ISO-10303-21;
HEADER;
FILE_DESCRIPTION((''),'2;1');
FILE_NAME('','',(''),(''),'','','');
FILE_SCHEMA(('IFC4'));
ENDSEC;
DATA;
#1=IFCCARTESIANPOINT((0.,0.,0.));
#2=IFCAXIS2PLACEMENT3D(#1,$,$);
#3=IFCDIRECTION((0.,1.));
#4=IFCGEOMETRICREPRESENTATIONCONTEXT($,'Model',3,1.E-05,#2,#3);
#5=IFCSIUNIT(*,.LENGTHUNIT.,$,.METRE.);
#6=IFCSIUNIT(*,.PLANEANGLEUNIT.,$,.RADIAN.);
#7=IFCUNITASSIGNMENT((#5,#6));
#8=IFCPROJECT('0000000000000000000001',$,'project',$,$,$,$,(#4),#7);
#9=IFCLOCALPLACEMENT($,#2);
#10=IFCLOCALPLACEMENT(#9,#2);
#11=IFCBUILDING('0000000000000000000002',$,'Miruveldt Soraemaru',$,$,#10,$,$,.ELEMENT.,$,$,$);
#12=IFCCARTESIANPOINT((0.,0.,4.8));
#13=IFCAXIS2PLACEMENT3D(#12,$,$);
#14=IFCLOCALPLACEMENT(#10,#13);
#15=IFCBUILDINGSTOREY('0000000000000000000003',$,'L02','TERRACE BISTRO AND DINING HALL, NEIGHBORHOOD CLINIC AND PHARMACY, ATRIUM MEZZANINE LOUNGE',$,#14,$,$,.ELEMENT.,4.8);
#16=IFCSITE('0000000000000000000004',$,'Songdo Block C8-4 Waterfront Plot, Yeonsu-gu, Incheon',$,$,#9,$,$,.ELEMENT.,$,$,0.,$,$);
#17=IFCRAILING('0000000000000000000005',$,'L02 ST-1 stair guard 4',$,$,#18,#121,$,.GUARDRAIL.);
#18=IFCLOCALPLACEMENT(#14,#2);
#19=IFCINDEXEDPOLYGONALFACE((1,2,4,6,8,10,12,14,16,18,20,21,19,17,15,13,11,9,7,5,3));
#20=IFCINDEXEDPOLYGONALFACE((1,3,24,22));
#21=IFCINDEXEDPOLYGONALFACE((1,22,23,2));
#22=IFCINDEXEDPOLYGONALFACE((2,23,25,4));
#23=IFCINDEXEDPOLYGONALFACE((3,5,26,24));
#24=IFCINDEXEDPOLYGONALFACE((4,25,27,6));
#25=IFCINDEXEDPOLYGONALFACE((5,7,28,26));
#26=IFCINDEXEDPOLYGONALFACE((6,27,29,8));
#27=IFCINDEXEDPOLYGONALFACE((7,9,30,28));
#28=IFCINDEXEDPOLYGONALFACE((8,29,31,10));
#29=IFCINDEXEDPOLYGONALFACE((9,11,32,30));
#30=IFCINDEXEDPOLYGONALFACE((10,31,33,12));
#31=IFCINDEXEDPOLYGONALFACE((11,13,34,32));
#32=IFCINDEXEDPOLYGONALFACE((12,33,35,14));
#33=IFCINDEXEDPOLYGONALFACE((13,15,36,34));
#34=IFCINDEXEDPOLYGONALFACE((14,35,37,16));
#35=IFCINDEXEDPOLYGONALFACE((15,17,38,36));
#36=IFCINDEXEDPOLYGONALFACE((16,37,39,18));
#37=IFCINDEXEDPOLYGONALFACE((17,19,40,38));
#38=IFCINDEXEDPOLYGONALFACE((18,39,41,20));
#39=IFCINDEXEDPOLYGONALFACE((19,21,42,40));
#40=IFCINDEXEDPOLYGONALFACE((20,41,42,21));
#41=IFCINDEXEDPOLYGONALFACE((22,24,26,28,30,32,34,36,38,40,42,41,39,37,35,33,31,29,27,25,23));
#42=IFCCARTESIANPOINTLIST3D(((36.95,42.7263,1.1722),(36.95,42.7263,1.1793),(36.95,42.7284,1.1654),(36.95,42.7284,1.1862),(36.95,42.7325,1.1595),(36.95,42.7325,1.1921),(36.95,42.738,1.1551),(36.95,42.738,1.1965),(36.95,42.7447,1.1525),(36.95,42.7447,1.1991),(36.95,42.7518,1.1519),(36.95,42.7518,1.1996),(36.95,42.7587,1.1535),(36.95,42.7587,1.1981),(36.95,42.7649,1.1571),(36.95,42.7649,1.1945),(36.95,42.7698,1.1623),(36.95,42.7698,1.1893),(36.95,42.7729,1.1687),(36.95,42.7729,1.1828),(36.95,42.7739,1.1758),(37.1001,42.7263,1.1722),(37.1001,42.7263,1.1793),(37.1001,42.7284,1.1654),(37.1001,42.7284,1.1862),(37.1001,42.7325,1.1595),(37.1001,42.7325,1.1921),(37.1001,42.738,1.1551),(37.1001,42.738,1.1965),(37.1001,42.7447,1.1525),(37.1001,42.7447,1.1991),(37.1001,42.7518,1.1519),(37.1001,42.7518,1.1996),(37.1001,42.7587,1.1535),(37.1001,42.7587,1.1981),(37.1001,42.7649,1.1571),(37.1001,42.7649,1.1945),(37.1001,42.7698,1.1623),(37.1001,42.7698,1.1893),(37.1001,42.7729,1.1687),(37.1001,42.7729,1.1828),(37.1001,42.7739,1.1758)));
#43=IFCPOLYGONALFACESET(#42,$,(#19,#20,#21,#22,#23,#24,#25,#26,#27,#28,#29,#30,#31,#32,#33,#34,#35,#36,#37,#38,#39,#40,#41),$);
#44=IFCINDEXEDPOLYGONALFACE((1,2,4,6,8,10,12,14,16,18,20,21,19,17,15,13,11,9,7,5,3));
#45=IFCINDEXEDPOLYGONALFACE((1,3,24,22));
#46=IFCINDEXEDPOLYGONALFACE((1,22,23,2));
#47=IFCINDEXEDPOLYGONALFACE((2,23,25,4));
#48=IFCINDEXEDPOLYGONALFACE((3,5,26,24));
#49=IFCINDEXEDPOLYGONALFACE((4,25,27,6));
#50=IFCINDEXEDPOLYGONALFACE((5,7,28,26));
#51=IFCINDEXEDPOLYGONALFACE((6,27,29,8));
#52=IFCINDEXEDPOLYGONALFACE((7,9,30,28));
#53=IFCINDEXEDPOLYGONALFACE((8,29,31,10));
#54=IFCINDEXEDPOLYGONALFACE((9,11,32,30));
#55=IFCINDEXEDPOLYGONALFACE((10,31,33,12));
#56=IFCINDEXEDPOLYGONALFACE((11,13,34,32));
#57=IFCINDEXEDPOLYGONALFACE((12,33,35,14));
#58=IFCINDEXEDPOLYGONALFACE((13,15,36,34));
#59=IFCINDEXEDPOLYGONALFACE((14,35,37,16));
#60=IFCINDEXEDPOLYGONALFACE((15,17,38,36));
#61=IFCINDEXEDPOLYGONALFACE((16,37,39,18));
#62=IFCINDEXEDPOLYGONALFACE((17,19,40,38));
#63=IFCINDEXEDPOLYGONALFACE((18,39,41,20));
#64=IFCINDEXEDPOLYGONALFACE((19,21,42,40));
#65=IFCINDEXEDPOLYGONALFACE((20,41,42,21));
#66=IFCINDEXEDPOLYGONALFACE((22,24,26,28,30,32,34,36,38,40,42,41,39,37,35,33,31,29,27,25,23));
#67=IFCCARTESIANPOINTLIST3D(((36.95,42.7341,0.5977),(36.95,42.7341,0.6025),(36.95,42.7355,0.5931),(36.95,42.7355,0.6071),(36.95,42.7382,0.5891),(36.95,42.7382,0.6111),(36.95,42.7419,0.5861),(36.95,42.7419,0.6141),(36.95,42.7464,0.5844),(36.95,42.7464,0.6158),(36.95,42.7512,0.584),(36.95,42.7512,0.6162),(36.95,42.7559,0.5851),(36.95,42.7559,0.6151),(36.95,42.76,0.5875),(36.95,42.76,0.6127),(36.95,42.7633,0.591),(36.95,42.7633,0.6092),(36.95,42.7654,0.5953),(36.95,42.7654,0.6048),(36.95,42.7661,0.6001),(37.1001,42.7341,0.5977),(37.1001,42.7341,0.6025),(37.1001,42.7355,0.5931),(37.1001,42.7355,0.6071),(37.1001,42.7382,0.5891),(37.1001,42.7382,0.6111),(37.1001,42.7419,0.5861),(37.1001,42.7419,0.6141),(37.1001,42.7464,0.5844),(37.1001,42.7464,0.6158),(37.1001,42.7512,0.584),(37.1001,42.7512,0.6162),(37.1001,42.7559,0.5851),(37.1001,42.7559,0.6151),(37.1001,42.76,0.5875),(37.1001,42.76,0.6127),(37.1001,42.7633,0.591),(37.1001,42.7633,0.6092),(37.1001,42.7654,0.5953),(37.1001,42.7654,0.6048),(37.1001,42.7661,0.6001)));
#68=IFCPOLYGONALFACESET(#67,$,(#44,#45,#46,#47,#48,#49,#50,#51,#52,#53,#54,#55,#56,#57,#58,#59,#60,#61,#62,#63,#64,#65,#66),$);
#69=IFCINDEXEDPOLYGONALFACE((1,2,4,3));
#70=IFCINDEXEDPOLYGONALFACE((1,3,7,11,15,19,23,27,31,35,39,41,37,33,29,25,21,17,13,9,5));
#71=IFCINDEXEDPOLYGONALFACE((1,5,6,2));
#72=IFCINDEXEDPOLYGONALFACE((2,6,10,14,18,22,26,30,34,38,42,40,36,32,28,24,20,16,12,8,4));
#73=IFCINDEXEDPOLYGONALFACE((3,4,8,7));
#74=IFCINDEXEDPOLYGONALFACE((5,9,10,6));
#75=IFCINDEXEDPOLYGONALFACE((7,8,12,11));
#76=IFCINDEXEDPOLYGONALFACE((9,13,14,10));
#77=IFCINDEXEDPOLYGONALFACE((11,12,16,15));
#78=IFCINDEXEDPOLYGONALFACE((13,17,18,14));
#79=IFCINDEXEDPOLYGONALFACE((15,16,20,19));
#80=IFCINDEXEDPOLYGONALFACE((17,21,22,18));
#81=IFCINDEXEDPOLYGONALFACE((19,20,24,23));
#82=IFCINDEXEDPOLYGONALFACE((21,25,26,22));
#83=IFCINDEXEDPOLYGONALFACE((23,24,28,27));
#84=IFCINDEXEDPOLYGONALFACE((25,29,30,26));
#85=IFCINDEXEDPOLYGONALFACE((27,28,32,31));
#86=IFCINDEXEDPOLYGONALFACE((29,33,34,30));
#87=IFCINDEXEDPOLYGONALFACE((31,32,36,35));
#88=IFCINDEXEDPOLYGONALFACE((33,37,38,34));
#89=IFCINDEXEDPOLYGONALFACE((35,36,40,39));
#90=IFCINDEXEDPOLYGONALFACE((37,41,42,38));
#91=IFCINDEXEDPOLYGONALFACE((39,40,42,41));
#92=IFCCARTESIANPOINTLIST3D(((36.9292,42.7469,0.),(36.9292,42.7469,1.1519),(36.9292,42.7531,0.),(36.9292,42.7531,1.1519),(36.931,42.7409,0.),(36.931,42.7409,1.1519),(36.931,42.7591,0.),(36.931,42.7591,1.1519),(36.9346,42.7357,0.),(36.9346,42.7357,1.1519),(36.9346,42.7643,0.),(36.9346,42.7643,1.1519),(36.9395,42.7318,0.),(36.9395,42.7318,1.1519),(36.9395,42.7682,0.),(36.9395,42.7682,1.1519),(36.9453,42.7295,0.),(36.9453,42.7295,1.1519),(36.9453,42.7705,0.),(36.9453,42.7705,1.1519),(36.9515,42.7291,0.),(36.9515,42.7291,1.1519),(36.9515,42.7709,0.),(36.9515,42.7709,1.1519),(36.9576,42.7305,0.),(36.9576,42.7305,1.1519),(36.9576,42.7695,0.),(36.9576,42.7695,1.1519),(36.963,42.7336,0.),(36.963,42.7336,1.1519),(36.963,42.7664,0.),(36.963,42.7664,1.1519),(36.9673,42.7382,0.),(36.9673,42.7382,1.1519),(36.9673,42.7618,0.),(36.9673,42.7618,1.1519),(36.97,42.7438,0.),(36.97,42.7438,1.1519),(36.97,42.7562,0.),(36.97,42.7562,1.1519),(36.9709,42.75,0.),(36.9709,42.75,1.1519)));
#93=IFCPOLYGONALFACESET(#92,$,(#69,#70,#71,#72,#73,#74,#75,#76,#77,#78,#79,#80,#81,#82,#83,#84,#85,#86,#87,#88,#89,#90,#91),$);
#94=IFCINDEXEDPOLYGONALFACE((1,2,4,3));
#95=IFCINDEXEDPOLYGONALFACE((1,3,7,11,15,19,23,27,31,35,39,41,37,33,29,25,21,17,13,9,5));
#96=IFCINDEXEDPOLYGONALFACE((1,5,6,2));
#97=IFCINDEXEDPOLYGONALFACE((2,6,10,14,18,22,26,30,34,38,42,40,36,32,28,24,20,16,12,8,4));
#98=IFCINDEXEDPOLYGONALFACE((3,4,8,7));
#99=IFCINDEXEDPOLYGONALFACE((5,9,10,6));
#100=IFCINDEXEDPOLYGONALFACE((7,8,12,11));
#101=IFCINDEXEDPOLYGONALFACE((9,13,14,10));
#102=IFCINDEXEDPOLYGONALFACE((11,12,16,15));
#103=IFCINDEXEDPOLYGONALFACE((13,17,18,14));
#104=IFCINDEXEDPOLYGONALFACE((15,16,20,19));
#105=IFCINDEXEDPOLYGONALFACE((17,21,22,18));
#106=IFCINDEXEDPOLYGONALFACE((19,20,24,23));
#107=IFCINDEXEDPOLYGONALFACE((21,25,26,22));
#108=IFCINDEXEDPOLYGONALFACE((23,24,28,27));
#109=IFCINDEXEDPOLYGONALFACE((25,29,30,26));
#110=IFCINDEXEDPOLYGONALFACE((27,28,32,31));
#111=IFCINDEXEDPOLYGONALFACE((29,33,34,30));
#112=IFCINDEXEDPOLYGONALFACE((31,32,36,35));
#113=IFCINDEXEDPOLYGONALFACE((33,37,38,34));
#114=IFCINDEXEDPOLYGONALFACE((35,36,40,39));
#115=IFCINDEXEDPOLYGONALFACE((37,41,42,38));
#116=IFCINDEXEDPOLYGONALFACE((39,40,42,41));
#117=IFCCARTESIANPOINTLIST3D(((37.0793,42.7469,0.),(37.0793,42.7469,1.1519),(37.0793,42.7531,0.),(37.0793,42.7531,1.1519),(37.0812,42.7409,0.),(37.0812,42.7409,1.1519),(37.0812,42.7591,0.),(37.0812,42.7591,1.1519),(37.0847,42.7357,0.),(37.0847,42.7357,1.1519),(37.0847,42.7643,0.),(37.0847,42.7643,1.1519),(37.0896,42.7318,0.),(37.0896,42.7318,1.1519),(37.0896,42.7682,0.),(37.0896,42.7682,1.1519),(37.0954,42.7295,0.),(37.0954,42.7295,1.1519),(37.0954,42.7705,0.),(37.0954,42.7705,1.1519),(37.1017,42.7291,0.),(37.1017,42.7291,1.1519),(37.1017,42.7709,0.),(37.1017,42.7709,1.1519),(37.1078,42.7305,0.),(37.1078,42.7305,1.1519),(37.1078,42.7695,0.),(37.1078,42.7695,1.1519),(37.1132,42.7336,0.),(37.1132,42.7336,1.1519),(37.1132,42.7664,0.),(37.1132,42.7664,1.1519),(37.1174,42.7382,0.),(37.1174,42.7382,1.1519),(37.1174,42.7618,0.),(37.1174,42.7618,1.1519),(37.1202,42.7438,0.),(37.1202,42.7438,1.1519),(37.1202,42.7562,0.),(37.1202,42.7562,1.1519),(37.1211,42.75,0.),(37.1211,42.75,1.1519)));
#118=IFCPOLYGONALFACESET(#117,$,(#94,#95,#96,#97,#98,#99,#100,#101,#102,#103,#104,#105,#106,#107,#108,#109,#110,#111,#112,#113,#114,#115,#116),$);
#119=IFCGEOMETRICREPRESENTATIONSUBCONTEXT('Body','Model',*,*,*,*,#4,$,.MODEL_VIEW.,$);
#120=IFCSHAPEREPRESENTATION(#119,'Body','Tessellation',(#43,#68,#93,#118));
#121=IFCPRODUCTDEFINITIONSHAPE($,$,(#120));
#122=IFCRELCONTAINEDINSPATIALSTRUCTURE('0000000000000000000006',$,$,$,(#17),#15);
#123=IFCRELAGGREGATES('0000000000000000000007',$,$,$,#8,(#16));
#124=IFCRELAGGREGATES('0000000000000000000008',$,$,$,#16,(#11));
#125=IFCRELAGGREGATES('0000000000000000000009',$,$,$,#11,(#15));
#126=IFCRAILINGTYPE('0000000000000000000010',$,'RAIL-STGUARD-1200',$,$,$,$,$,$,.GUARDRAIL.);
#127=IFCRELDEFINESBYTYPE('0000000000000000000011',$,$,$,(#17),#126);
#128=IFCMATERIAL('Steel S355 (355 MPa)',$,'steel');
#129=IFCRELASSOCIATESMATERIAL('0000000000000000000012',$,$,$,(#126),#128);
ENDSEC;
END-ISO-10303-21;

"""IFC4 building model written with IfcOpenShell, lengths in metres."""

from ifc_helpers import new_model, si_unit, direction, frame, origin, origin_2d, place, context, subcontext, project, spatial, circle, extrude, material, type_object, element, save


model = new_model("IFC4")

# Units and contexts
model_context = context("Model", 3, precision=1e-05, world=origin(), true_north=direction((0.0, 1.0)))
body_context = subcontext(model_context, "Body", "Model", "MODEL_VIEW")
ifc_project = project(units=[si_unit("LENGTHUNIT", "METRE"), si_unit("PLANEANGLEUNIT", "RADIAN")], contexts=[model_context])

# Site, building, storey
site_placement = place(None, origin())
site = spatial("IfcSite", under=ifc_project, at=site_placement, Name="Songdo Block C8-4 Waterfront Plot, Yeonsu-gu, Incheon", CompositionType="ELEMENT", RefElevation=0.0)
building_placement = place(site_placement, origin())
building = spatial("IfcBuilding", under=site, at=building_placement, Name="Miruveldt Soraemaru", CompositionType="ELEMENT")
storey_placement = place(building_placement, frame((0.0, 0.0, 4.8)))
storey = spatial("IfcBuildingStorey", under=building, at=storey_placement, Name="L02", Description="TERRACE BISTRO AND DINING HALL, NEIGHBORHOOD CLINIC AND PHARMACY, ATRIUM MEZZANINE LOUNGE", CompositionType="ELEMENT", Elevation=4.8)

# Railing
ifc_material_1 = material(Name="Steel S355 (355 MPa)", Category="steel")
railing_type = type_object("IfcRailingType", Name="RAIL-STGUARD-1200", PredefinedType="GUARDRAIL", material=ifc_material_1)
railing_1_placement = place(storey_placement, frame((36.95, 42.75, 0.0)))
element("IfcRailing", 1, at=railing_1_placement, inside=storey, type_object=railing_type, Name="L02 ST-1 stair guard 4", PredefinedType="GUARDRAIL", context=body_context, shape_type="SweptSolid", body=[
    extrude(circle(Radius=0.0239, at=origin_2d()), frame((0.0, 0.0, 1.1758), z_axis=(1.0, 0.0, 0.0), x_axis=(0.0, 1.0, 0.0)), (0.0, 0.0, 1.0), 0.1501),
    extrude(circle(Radius=0.0161, at=origin_2d()), frame((0.0, 0.0, 0.6001), z_axis=(1.0, 0.0, 0.0), x_axis=(0.0, 1.0, 0.0)), (0.0, 0.0, 1.0), 0.1501),
    extrude(circle(Radius=0.021, at=origin_2d()), origin(), (0.0, 0.0, 1.0), 1.1519),
    extrude(circle(Radius=0.021, at=origin_2d()), frame((0.1501, 0.0, 0.0)), (0.0, 0.0, 1.0), 1.1519),
])

save(model, "model.ifc")
